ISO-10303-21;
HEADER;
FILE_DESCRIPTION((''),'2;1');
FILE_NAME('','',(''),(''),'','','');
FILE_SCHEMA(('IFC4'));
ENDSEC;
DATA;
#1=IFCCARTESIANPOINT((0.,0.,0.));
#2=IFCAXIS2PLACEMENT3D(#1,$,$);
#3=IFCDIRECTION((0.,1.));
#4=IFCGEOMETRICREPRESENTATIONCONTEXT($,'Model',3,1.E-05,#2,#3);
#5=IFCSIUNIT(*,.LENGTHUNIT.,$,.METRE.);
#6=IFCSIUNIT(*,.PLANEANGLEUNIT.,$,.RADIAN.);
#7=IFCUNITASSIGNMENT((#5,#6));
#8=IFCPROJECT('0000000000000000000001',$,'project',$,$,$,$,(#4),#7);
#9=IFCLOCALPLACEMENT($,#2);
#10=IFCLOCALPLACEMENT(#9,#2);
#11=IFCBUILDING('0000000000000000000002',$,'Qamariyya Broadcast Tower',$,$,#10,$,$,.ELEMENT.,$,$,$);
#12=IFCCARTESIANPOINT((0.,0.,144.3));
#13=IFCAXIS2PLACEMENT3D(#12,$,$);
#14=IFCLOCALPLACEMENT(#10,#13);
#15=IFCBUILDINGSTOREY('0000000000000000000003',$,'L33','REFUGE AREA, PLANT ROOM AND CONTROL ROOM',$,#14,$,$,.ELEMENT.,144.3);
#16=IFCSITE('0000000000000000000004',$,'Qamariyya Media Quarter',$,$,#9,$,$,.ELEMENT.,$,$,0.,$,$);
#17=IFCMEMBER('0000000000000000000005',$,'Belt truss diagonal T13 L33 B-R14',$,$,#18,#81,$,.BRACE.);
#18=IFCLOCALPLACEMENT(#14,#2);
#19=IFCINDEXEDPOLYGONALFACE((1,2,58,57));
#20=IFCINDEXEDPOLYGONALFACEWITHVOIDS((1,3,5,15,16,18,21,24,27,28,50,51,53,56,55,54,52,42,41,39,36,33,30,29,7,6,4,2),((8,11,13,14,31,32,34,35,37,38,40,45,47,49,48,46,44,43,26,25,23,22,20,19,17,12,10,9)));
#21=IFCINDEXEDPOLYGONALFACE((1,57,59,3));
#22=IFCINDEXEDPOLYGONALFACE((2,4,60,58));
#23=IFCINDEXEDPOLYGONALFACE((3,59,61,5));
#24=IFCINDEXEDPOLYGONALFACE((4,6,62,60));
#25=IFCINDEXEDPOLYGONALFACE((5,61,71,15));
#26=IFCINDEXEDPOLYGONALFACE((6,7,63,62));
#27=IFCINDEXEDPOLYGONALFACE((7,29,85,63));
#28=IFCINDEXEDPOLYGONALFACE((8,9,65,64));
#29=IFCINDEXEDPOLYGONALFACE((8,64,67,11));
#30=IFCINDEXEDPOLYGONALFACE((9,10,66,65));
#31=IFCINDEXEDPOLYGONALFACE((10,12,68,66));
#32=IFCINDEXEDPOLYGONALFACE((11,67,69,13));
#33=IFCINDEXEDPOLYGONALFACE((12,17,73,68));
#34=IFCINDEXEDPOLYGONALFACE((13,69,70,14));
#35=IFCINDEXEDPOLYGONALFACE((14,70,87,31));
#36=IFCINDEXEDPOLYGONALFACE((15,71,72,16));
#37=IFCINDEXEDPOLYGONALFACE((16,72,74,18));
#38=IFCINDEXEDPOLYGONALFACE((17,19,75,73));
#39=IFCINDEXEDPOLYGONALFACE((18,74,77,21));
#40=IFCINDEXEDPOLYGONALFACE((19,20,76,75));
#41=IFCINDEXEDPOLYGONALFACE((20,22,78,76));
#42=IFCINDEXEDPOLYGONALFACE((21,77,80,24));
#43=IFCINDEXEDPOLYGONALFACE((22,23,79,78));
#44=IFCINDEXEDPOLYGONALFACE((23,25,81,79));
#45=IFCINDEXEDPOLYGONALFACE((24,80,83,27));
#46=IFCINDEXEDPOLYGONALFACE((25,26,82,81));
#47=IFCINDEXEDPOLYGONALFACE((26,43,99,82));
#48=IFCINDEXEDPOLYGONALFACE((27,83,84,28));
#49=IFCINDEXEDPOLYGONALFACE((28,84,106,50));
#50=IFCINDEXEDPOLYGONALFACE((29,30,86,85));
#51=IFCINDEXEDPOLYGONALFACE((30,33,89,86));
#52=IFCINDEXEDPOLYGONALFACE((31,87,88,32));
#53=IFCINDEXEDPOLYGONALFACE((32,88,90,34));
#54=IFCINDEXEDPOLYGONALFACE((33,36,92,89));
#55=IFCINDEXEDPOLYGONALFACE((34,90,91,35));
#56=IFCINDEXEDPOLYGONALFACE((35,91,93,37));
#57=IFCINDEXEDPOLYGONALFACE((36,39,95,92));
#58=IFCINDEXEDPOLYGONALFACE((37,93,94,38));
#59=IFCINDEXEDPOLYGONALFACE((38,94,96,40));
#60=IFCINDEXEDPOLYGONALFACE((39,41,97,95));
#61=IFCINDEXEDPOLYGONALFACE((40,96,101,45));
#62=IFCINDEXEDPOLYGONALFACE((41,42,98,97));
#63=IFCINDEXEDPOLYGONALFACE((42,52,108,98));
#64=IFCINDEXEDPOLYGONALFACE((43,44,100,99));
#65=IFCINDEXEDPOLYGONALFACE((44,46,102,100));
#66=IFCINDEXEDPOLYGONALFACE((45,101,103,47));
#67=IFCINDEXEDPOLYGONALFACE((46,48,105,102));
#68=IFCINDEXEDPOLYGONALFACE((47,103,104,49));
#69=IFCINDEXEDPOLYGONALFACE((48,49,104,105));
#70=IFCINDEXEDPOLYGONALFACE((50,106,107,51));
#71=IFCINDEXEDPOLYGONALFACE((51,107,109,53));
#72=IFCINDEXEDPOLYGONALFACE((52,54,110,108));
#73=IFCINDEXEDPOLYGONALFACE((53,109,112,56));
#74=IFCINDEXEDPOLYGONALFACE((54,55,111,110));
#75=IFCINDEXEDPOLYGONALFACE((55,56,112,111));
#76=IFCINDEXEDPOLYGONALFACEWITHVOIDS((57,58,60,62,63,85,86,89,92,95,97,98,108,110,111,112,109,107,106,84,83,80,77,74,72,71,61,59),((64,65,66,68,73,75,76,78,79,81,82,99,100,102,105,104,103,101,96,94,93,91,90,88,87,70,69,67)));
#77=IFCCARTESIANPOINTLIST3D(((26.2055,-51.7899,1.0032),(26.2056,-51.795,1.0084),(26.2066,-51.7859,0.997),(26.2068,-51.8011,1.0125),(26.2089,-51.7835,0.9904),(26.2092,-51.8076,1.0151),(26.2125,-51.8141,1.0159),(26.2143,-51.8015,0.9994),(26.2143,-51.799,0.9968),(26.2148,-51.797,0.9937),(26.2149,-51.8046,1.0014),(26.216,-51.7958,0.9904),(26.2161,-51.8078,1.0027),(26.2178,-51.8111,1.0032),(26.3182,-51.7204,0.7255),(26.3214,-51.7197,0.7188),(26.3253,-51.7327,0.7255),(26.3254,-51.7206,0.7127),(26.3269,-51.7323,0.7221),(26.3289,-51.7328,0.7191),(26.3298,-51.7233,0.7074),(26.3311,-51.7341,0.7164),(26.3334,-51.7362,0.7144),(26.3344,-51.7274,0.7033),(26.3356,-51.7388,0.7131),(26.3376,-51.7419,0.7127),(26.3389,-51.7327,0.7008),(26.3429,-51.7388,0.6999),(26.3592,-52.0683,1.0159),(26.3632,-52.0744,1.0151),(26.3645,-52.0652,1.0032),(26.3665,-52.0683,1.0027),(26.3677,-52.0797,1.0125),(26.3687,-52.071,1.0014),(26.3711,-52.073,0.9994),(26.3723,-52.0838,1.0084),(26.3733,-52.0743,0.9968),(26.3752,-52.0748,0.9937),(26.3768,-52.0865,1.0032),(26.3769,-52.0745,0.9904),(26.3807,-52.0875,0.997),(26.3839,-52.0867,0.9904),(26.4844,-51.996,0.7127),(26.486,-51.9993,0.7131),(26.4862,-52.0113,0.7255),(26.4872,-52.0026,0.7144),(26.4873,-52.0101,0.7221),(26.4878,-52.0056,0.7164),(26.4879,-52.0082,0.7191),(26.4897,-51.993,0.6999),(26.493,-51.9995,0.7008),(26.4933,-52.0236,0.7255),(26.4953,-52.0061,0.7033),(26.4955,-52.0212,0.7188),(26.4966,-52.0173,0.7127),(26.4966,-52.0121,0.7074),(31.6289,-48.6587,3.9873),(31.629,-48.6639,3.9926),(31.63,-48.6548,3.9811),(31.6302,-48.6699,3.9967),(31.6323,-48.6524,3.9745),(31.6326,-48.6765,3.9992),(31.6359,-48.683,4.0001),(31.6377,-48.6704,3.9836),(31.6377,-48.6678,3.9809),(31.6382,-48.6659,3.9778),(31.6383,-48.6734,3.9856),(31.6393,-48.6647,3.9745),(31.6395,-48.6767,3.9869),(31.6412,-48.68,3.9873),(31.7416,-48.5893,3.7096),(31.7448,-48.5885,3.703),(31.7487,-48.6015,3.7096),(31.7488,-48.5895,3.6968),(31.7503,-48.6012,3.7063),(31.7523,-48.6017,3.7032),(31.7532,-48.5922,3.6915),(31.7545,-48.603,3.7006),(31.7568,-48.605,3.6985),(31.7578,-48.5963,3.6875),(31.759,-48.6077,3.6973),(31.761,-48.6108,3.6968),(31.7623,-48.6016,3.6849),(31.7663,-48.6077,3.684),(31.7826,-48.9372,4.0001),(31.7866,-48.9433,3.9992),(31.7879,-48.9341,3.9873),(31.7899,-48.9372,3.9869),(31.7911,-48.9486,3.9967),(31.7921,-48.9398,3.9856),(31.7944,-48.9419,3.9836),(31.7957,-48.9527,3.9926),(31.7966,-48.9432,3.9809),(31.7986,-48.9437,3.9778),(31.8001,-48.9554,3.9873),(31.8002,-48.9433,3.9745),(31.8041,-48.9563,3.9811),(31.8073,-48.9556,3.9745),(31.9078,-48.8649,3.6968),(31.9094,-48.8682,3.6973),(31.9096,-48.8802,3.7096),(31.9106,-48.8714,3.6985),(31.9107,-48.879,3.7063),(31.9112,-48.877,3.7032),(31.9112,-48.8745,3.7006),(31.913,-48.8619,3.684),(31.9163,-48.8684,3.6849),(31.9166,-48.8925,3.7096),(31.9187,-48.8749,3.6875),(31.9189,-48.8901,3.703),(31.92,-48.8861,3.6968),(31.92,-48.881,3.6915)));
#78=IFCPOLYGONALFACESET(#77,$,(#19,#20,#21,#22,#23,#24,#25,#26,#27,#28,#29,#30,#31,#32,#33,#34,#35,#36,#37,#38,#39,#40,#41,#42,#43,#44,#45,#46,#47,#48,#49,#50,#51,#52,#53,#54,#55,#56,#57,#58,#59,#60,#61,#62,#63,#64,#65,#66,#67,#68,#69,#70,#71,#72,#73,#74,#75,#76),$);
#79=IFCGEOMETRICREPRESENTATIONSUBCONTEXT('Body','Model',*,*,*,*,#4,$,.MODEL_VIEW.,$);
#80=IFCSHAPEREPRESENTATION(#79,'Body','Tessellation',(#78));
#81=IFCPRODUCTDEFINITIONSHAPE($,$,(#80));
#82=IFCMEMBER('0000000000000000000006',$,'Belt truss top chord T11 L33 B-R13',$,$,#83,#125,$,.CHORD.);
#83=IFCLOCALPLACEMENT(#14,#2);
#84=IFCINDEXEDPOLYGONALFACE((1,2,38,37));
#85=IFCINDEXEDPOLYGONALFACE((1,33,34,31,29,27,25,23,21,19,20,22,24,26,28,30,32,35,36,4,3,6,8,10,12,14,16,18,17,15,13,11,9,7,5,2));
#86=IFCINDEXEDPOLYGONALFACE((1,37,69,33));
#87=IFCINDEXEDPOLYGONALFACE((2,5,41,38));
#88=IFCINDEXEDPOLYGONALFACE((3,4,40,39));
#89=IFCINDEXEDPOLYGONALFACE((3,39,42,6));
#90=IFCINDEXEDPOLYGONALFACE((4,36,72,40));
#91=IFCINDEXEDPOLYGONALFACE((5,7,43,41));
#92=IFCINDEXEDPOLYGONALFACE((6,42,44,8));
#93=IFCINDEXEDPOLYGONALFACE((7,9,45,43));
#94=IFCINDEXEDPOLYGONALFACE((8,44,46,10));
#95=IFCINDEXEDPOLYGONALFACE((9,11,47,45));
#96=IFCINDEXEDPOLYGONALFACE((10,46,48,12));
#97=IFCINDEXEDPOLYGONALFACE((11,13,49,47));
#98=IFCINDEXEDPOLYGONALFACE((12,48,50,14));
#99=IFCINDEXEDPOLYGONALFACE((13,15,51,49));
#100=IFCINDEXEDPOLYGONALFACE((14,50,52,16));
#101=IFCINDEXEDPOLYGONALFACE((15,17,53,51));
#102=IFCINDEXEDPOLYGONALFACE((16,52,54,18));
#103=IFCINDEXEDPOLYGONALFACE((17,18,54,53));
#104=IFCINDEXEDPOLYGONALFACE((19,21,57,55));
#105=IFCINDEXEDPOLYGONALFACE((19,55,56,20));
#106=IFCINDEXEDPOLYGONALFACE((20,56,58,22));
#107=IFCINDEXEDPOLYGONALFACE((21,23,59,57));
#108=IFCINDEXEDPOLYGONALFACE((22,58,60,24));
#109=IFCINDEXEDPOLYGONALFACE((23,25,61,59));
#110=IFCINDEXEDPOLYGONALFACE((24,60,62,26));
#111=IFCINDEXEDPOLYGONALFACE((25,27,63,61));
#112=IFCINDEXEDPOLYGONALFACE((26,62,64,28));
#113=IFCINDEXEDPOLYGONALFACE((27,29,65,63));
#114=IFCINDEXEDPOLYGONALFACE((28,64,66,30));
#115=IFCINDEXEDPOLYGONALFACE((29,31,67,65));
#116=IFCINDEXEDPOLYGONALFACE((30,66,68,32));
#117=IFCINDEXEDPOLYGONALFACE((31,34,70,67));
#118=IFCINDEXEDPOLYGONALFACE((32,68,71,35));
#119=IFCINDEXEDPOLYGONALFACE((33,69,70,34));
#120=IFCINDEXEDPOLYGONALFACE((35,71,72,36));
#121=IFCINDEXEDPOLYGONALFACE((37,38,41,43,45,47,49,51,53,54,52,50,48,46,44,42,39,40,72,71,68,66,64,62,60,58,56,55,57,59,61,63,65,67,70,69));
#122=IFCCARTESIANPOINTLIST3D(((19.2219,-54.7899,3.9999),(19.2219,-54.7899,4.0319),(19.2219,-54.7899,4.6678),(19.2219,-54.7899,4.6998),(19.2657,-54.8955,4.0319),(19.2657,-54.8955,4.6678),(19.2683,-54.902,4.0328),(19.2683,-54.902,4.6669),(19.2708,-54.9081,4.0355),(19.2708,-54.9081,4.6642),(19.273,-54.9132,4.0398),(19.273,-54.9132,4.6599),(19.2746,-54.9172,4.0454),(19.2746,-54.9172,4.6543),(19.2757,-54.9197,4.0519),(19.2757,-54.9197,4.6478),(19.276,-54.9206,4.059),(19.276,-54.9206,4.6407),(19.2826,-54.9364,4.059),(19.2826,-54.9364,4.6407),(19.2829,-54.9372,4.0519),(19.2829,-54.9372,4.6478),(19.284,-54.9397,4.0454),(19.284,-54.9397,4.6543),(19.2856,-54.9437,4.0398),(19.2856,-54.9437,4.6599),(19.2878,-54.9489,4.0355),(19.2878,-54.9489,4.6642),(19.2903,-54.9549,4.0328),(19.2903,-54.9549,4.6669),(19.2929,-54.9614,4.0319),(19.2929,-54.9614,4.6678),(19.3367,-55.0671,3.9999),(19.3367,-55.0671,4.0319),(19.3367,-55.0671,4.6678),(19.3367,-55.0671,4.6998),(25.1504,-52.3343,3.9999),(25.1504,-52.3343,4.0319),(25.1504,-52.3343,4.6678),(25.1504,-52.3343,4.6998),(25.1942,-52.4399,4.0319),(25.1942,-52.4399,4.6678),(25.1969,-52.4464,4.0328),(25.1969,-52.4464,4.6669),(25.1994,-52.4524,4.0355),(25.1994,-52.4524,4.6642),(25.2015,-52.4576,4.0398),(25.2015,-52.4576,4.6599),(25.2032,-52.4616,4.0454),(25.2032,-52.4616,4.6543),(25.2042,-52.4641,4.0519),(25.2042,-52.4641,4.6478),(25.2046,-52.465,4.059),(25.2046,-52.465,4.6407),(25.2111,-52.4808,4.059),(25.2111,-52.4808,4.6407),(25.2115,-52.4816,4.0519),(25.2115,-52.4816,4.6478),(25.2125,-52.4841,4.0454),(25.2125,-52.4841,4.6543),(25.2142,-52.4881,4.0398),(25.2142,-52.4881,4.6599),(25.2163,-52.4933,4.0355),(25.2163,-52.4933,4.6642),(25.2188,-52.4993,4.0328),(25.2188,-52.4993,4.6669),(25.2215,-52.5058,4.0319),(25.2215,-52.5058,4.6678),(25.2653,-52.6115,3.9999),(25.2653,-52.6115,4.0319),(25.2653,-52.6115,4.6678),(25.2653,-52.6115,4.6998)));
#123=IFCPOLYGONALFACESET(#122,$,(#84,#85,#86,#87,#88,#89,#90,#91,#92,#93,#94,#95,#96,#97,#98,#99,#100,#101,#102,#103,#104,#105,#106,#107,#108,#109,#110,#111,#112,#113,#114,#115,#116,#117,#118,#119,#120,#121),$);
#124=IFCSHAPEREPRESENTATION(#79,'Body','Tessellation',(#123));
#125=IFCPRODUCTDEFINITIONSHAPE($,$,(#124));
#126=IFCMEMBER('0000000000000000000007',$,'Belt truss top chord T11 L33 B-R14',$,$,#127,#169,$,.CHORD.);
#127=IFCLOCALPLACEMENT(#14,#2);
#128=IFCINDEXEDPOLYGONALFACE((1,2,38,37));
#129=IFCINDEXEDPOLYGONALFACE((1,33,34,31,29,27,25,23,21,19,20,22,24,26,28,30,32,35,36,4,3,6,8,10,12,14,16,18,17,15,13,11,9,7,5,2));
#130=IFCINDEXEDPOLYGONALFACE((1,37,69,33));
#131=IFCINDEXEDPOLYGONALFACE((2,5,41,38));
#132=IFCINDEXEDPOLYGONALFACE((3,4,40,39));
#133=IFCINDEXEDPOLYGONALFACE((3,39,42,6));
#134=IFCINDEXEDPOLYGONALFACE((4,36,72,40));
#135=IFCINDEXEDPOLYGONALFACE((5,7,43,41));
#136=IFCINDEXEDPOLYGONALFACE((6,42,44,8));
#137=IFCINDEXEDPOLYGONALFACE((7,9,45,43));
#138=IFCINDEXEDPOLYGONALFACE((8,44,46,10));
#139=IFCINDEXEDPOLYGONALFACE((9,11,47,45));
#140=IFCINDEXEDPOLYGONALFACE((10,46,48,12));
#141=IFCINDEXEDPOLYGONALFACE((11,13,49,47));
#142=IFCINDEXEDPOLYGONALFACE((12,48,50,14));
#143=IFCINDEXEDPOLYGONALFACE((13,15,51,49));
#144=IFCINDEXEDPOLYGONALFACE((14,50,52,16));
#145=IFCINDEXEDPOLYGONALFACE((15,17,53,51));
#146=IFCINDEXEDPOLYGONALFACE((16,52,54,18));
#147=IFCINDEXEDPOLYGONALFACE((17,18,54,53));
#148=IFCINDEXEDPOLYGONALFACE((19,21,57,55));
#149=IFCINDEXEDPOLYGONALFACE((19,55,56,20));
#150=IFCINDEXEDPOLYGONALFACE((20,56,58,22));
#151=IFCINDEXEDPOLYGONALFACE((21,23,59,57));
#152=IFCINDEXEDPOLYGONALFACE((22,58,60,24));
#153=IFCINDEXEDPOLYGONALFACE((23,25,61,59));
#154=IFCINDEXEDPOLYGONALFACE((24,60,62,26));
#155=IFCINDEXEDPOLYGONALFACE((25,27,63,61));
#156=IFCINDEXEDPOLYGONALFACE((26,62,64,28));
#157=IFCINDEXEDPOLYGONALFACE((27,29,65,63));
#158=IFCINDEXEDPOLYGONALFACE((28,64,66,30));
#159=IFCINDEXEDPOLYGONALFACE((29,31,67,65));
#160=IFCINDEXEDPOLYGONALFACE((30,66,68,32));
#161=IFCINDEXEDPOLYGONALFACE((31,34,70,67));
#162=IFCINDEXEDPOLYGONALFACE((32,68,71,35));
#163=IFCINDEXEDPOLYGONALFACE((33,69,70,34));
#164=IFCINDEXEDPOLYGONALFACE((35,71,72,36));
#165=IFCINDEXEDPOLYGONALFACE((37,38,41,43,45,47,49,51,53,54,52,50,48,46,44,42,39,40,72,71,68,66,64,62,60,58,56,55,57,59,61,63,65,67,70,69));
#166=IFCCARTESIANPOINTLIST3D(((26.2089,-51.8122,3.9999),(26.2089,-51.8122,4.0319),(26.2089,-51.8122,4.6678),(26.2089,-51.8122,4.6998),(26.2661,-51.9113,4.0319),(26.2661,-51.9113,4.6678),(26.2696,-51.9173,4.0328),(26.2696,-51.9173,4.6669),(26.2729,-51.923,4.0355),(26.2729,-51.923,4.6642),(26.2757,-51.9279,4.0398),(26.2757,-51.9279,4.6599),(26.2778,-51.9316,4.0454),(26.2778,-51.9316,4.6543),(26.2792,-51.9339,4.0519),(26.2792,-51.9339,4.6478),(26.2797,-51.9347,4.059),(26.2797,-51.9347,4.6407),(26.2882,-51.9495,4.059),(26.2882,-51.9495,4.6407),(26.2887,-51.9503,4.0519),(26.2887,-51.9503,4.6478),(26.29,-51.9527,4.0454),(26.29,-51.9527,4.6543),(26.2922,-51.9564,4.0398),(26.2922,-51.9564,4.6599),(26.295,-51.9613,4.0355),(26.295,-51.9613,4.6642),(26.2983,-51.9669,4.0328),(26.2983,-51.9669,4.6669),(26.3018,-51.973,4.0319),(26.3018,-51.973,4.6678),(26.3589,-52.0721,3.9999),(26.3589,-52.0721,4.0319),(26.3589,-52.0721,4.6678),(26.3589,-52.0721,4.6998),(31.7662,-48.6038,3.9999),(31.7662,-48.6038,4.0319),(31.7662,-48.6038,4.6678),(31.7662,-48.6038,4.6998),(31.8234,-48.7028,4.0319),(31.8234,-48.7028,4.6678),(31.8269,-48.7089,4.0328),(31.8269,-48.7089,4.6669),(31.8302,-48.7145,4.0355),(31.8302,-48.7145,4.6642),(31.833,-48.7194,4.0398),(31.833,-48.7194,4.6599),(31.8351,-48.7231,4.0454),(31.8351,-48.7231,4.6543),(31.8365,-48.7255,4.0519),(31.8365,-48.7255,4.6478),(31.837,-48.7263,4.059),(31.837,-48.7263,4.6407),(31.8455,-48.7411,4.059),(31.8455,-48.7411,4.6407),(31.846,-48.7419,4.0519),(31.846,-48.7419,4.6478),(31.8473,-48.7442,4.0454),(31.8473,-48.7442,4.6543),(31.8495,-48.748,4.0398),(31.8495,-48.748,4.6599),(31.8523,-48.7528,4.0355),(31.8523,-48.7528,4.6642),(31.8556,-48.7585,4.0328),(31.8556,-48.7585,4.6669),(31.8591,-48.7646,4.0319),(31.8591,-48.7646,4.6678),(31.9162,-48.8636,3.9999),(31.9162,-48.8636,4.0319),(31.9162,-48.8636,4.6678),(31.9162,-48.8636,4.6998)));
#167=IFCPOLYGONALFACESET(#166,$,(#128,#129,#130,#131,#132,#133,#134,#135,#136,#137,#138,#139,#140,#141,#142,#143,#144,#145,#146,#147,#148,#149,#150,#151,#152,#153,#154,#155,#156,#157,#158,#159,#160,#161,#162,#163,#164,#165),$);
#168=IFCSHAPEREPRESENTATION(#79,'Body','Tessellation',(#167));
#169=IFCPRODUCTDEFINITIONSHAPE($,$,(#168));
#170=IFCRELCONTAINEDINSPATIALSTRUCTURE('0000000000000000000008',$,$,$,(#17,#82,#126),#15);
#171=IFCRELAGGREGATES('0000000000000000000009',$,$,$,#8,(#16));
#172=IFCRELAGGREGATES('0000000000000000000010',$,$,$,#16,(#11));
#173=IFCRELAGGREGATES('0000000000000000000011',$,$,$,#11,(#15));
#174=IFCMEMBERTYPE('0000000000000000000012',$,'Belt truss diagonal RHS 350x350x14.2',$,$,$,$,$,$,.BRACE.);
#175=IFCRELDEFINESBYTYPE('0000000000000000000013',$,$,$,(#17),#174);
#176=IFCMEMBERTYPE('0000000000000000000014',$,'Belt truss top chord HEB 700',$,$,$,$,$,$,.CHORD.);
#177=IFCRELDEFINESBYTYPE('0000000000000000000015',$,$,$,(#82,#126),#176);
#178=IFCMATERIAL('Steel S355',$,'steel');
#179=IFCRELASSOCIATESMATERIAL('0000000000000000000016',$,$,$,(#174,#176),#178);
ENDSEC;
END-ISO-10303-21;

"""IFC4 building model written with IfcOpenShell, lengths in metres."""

from ifc_helpers import new_model, si_unit, direction, frame, origin, origin_2d, place, context, subcontext, project, spatial, hollow_rectangle, i_section, extrude, material, material_profile, profile_set, type_object, element, save


model = new_model("IFC4")

# Units and contexts
model_context = context("Model", 3, precision=1e-05, world=origin(), true_north=direction((0.0, 1.0)))
body_context = subcontext(model_context, "Body", "Model", "MODEL_VIEW")
ifc_project = project(units=[si_unit("LENGTHUNIT", "METRE"), si_unit("PLANEANGLEUNIT", "RADIAN")], contexts=[model_context])

# Site, building, storey
site_placement = place(None, origin())
site = spatial("IfcSite", under=ifc_project, at=site_placement, Name="Qamariyya Media Quarter", CompositionType="ELEMENT", RefElevation=0.0)
building_placement = place(site_placement, origin())
building = spatial("IfcBuilding", under=site, at=building_placement, Name="Qamariyya Broadcast Tower", CompositionType="ELEMENT")
storey_placement = place(building_placement, frame((0.0, 0.0, 144.3)))
storey = spatial("IfcBuildingStorey", under=building, at=storey_placement, Name="L33", Description="REFUGE AREA, PLANT ROOM AND CONTROL ROOM", CompositionType="ELEMENT", Elevation=144.3)

# Members
ifc_material_1 = material(Name="Steel S355", Category="steel")
ifc_material_profile_1 = material_profile(ifc_material_1, hollow_rectangle(XDim=0.3501, YDim=0.3501, WallThickness=0.0142, InnerFilletRadius=0.0142, OuterFilletRadius=0.0283, at=origin_2d()))
ifc_profile_set_1 = profile_set([ifc_material_profile_1], Name="Steel S355")
member_type_1 = type_object("IfcMemberType", Name="Belt truss diagonal RHS 350x350x14.2", PredefinedType="BRACE", material=ifc_profile_set_1)
for number, where, z_axis, x_axis, name in (
    (1, (26.3511, -51.9036, 0.8579), (0.781803, 0.451365, 0.430178), (-0.499992, 0.86603, 0.0), "Belt truss diagonal T13 L33 B-R14"),
):
    element("IfcMember", number, at=place(storey_placement, frame(where, z_axis=z_axis, x_axis=x_axis)), inside=storey, type_object=member_type_1, Name=name, PredefinedType="BRACE", context=body_context, shape_type="SweptSolid", body=[
        extrude(hollow_rectangle(XDim=0.3501, YDim=0.3501, WallThickness=0.0142, InnerFilletRadius=0.0142, OuterFilletRadius=0.0283, at=origin_2d()), origin(), (0.0, 0.0, 1.0), 6.937),
    ])
ifc_material_profile_2 = material_profile(ifc_material_1, i_section(OverallWidth=0.3, OverallDepth=0.7, WebThickness=0.0171, FlangeThickness=0.032, FilletRadius=0.0271, at=origin_2d()))
ifc_profile_set_2 = profile_set([ifc_material_profile_2], Name="Steel S355")
member_type_2 = type_object("IfcMemberType", Name="Belt truss top chord HEB 700", PredefinedType="CHORD", material=ifc_profile_set_2)
for number, where, z_axis, x_axis, name in (
    (2, (19.2793, -54.9285, 4.3499), (0.923884, 0.382672, 0.0), (-0.382672, 0.923884, 0.0), "Belt truss top chord T11 L33 B-R13"),
    (3, (26.2839, -51.9421, 4.3499), (0.866029, 0.499994, 0.0), (-0.499994, 0.866029, 0.0), "Belt truss top chord T11 L33 B-R14"),
):
    element("IfcMember", number, at=place(storey_placement, frame(where, z_axis=z_axis, x_axis=x_axis)), inside=storey, type_object=member_type_2, Name=name, PredefinedType="CHORD", context=body_context, shape_type="SweptSolid", body=[
        extrude(i_section(OverallWidth=0.3, OverallDepth=0.7, WebThickness=0.0171, FlangeThickness=0.032, FilletRadius=0.0271, at=origin_2d()), origin(), (0.0, 0.0, 1.0), 6.417),
    ])

save(model, "model.ifc")
